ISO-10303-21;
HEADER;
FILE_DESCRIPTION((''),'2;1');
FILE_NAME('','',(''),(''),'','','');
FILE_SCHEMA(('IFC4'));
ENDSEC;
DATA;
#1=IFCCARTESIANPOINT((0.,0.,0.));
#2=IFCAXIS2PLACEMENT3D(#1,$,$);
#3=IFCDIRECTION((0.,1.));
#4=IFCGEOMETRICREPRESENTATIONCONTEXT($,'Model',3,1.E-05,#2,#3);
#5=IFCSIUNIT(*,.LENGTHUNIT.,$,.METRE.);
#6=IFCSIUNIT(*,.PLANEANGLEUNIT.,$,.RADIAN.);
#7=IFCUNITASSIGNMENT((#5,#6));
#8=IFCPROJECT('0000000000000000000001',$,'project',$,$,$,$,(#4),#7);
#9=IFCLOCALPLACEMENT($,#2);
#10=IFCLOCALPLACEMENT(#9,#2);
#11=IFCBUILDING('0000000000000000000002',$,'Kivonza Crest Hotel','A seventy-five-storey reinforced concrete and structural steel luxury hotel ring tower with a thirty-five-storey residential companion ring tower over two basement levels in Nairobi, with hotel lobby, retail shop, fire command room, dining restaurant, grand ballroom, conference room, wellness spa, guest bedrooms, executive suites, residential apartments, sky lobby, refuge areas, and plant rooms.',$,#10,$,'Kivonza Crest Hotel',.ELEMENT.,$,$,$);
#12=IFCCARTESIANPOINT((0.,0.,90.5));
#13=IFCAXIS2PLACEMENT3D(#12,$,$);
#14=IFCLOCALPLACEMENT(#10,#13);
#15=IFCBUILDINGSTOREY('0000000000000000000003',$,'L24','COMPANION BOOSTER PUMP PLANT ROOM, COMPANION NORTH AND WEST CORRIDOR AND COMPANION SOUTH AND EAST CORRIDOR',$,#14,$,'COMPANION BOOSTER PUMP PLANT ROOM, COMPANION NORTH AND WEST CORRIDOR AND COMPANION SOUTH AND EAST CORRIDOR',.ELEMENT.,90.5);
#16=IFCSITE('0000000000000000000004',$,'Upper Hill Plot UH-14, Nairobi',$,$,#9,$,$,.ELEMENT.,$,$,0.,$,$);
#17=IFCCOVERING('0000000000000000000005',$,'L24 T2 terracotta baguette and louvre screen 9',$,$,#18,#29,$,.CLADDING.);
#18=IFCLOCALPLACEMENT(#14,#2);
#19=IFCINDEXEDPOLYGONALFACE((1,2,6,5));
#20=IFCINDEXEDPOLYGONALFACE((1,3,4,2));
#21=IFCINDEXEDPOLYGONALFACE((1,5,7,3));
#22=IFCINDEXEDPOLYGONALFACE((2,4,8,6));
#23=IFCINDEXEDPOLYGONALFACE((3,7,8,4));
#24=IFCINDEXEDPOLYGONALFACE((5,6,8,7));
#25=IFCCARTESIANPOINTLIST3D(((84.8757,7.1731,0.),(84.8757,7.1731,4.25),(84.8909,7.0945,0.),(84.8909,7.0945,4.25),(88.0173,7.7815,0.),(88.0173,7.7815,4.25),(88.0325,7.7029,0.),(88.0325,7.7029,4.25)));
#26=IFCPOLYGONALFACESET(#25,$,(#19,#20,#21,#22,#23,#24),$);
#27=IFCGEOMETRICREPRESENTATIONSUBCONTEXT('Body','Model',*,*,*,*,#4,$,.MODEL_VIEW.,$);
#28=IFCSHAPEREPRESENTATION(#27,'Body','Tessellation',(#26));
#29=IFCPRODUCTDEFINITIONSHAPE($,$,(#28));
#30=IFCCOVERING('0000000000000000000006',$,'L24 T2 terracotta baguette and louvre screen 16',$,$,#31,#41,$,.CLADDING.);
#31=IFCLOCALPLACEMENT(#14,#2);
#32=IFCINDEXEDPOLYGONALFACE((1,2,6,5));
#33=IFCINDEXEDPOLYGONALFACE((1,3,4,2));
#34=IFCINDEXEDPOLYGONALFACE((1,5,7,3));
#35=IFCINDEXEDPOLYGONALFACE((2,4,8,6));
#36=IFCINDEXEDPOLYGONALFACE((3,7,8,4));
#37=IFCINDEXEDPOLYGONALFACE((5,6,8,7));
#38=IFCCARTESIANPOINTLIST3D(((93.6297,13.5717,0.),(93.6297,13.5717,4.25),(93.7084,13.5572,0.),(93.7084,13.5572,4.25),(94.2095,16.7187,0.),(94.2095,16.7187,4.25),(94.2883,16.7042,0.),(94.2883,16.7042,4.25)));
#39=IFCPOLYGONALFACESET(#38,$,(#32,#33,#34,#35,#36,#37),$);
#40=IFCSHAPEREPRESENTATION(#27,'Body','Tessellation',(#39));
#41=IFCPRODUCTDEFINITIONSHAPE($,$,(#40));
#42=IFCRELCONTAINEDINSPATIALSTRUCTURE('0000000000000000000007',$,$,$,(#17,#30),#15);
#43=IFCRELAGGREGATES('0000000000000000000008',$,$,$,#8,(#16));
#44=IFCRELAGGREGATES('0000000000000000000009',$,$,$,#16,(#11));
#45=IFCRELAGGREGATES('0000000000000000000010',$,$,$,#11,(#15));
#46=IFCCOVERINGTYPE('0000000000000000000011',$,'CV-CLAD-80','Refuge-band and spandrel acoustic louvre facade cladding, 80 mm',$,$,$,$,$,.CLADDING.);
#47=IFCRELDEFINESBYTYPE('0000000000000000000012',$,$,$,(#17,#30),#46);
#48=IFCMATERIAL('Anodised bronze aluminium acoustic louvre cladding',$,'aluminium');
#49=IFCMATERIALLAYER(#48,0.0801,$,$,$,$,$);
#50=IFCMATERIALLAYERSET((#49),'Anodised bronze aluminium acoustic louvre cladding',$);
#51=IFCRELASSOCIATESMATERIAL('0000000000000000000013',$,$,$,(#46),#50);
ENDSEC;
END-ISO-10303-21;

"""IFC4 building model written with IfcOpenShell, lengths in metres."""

from ifc_helpers import new_model, si_unit, direction, frame, origin, origin_2d, place, context, subcontext, project, spatial, rectangle, extrude, material, layer, layer_set, type_object, element, save


model = new_model("IFC4")

# Units and contexts
model_context = context("Model", 3, precision=1e-05, world=origin(), true_north=direction((0.0, 1.0)))
body_context = subcontext(model_context, "Body", "Model", "MODEL_VIEW")
ifc_project = project(units=[si_unit("LENGTHUNIT", "METRE"), si_unit("PLANEANGLEUNIT", "RADIAN")], contexts=[model_context])

# Site, building, storey
site_placement = place(None, origin())
site = spatial("IfcSite", under=ifc_project, at=site_placement, Name="Upper Hill Plot UH-14, Nairobi", CompositionType="ELEMENT", RefElevation=0.0)
building_placement = place(site_placement, origin())
building = spatial("IfcBuilding", under=site, at=building_placement, Name="Kivonza Crest Hotel", Description="A seventy-five-storey reinforced concrete and structural steel luxury hotel ring tower with a thirty-five-storey residential companion ring tower over two basement levels in Nairobi, with hotel lobby, retail shop, fire command room, dining restaurant, grand ballroom, conference room, wellness spa, guest bedrooms, executive suites, residential apartments, sky lobby, refuge areas, and plant rooms.", LongName="Kivonza Crest Hotel", CompositionType="ELEMENT")
storey_placement = place(building_placement, frame((0.0, 0.0, 90.5)))
storey = spatial("IfcBuildingStorey", under=building, at=storey_placement, Name="L24", Description="COMPANION BOOSTER PUMP PLANT ROOM, COMPANION NORTH AND WEST CORRIDOR AND COMPANION SOUTH AND EAST CORRIDOR", LongName="COMPANION BOOSTER PUMP PLANT ROOM, COMPANION NORTH AND WEST CORRIDOR AND COMPANION SOUTH AND EAST CORRIDOR", CompositionType="ELEMENT", Elevation=90.5)

# Coverings
ifc_material_1 = material(Name="Anodised bronze aluminium acoustic louvre cladding", Category="aluminium")
ifc_layer_1 = layer(ifc_material_1, 0.0801)
ifc_layer_set_1 = layer_set([ifc_layer_1], Name="Anodised bronze aluminium acoustic louvre cladding")
covering_type = type_object("IfcCoveringType", Name="CV-CLAD-80", Description="Refuge-band and spandrel acoustic louvre facade cladding, 80 mm", PredefinedType="CLADDING", material=ifc_layer_set_1)
for number, where, z_axis, x_axis, name in (
    (1, (86.4541, 7.438, 0.0), (0.0, 0.0, 1.0), (0.98176, 0.190124, 0.0), "L24 T2 terracotta baguette and louvre screen 9"),
    (2, (93.959, 15.1379, 0.0), (0.0, 0.0, 1.0), (0.181206, 0.983445, 0.0), "L24 T2 terracotta baguette and louvre screen 16"),
):
    element("IfcCovering", number, at=place(storey_placement, frame(where, z_axis=z_axis, x_axis=x_axis)), inside=storey, type_object=covering_type, Name=name, PredefinedType="CLADDING", context=body_context, shape_type="SweptSolid", body=[
        extrude(rectangle(XDim=3.2, YDim=0.0801, at=origin_2d()), origin(), (0.0, 0.0, 1.0), 4.25),
    ])

save(model, "model.ifc")
